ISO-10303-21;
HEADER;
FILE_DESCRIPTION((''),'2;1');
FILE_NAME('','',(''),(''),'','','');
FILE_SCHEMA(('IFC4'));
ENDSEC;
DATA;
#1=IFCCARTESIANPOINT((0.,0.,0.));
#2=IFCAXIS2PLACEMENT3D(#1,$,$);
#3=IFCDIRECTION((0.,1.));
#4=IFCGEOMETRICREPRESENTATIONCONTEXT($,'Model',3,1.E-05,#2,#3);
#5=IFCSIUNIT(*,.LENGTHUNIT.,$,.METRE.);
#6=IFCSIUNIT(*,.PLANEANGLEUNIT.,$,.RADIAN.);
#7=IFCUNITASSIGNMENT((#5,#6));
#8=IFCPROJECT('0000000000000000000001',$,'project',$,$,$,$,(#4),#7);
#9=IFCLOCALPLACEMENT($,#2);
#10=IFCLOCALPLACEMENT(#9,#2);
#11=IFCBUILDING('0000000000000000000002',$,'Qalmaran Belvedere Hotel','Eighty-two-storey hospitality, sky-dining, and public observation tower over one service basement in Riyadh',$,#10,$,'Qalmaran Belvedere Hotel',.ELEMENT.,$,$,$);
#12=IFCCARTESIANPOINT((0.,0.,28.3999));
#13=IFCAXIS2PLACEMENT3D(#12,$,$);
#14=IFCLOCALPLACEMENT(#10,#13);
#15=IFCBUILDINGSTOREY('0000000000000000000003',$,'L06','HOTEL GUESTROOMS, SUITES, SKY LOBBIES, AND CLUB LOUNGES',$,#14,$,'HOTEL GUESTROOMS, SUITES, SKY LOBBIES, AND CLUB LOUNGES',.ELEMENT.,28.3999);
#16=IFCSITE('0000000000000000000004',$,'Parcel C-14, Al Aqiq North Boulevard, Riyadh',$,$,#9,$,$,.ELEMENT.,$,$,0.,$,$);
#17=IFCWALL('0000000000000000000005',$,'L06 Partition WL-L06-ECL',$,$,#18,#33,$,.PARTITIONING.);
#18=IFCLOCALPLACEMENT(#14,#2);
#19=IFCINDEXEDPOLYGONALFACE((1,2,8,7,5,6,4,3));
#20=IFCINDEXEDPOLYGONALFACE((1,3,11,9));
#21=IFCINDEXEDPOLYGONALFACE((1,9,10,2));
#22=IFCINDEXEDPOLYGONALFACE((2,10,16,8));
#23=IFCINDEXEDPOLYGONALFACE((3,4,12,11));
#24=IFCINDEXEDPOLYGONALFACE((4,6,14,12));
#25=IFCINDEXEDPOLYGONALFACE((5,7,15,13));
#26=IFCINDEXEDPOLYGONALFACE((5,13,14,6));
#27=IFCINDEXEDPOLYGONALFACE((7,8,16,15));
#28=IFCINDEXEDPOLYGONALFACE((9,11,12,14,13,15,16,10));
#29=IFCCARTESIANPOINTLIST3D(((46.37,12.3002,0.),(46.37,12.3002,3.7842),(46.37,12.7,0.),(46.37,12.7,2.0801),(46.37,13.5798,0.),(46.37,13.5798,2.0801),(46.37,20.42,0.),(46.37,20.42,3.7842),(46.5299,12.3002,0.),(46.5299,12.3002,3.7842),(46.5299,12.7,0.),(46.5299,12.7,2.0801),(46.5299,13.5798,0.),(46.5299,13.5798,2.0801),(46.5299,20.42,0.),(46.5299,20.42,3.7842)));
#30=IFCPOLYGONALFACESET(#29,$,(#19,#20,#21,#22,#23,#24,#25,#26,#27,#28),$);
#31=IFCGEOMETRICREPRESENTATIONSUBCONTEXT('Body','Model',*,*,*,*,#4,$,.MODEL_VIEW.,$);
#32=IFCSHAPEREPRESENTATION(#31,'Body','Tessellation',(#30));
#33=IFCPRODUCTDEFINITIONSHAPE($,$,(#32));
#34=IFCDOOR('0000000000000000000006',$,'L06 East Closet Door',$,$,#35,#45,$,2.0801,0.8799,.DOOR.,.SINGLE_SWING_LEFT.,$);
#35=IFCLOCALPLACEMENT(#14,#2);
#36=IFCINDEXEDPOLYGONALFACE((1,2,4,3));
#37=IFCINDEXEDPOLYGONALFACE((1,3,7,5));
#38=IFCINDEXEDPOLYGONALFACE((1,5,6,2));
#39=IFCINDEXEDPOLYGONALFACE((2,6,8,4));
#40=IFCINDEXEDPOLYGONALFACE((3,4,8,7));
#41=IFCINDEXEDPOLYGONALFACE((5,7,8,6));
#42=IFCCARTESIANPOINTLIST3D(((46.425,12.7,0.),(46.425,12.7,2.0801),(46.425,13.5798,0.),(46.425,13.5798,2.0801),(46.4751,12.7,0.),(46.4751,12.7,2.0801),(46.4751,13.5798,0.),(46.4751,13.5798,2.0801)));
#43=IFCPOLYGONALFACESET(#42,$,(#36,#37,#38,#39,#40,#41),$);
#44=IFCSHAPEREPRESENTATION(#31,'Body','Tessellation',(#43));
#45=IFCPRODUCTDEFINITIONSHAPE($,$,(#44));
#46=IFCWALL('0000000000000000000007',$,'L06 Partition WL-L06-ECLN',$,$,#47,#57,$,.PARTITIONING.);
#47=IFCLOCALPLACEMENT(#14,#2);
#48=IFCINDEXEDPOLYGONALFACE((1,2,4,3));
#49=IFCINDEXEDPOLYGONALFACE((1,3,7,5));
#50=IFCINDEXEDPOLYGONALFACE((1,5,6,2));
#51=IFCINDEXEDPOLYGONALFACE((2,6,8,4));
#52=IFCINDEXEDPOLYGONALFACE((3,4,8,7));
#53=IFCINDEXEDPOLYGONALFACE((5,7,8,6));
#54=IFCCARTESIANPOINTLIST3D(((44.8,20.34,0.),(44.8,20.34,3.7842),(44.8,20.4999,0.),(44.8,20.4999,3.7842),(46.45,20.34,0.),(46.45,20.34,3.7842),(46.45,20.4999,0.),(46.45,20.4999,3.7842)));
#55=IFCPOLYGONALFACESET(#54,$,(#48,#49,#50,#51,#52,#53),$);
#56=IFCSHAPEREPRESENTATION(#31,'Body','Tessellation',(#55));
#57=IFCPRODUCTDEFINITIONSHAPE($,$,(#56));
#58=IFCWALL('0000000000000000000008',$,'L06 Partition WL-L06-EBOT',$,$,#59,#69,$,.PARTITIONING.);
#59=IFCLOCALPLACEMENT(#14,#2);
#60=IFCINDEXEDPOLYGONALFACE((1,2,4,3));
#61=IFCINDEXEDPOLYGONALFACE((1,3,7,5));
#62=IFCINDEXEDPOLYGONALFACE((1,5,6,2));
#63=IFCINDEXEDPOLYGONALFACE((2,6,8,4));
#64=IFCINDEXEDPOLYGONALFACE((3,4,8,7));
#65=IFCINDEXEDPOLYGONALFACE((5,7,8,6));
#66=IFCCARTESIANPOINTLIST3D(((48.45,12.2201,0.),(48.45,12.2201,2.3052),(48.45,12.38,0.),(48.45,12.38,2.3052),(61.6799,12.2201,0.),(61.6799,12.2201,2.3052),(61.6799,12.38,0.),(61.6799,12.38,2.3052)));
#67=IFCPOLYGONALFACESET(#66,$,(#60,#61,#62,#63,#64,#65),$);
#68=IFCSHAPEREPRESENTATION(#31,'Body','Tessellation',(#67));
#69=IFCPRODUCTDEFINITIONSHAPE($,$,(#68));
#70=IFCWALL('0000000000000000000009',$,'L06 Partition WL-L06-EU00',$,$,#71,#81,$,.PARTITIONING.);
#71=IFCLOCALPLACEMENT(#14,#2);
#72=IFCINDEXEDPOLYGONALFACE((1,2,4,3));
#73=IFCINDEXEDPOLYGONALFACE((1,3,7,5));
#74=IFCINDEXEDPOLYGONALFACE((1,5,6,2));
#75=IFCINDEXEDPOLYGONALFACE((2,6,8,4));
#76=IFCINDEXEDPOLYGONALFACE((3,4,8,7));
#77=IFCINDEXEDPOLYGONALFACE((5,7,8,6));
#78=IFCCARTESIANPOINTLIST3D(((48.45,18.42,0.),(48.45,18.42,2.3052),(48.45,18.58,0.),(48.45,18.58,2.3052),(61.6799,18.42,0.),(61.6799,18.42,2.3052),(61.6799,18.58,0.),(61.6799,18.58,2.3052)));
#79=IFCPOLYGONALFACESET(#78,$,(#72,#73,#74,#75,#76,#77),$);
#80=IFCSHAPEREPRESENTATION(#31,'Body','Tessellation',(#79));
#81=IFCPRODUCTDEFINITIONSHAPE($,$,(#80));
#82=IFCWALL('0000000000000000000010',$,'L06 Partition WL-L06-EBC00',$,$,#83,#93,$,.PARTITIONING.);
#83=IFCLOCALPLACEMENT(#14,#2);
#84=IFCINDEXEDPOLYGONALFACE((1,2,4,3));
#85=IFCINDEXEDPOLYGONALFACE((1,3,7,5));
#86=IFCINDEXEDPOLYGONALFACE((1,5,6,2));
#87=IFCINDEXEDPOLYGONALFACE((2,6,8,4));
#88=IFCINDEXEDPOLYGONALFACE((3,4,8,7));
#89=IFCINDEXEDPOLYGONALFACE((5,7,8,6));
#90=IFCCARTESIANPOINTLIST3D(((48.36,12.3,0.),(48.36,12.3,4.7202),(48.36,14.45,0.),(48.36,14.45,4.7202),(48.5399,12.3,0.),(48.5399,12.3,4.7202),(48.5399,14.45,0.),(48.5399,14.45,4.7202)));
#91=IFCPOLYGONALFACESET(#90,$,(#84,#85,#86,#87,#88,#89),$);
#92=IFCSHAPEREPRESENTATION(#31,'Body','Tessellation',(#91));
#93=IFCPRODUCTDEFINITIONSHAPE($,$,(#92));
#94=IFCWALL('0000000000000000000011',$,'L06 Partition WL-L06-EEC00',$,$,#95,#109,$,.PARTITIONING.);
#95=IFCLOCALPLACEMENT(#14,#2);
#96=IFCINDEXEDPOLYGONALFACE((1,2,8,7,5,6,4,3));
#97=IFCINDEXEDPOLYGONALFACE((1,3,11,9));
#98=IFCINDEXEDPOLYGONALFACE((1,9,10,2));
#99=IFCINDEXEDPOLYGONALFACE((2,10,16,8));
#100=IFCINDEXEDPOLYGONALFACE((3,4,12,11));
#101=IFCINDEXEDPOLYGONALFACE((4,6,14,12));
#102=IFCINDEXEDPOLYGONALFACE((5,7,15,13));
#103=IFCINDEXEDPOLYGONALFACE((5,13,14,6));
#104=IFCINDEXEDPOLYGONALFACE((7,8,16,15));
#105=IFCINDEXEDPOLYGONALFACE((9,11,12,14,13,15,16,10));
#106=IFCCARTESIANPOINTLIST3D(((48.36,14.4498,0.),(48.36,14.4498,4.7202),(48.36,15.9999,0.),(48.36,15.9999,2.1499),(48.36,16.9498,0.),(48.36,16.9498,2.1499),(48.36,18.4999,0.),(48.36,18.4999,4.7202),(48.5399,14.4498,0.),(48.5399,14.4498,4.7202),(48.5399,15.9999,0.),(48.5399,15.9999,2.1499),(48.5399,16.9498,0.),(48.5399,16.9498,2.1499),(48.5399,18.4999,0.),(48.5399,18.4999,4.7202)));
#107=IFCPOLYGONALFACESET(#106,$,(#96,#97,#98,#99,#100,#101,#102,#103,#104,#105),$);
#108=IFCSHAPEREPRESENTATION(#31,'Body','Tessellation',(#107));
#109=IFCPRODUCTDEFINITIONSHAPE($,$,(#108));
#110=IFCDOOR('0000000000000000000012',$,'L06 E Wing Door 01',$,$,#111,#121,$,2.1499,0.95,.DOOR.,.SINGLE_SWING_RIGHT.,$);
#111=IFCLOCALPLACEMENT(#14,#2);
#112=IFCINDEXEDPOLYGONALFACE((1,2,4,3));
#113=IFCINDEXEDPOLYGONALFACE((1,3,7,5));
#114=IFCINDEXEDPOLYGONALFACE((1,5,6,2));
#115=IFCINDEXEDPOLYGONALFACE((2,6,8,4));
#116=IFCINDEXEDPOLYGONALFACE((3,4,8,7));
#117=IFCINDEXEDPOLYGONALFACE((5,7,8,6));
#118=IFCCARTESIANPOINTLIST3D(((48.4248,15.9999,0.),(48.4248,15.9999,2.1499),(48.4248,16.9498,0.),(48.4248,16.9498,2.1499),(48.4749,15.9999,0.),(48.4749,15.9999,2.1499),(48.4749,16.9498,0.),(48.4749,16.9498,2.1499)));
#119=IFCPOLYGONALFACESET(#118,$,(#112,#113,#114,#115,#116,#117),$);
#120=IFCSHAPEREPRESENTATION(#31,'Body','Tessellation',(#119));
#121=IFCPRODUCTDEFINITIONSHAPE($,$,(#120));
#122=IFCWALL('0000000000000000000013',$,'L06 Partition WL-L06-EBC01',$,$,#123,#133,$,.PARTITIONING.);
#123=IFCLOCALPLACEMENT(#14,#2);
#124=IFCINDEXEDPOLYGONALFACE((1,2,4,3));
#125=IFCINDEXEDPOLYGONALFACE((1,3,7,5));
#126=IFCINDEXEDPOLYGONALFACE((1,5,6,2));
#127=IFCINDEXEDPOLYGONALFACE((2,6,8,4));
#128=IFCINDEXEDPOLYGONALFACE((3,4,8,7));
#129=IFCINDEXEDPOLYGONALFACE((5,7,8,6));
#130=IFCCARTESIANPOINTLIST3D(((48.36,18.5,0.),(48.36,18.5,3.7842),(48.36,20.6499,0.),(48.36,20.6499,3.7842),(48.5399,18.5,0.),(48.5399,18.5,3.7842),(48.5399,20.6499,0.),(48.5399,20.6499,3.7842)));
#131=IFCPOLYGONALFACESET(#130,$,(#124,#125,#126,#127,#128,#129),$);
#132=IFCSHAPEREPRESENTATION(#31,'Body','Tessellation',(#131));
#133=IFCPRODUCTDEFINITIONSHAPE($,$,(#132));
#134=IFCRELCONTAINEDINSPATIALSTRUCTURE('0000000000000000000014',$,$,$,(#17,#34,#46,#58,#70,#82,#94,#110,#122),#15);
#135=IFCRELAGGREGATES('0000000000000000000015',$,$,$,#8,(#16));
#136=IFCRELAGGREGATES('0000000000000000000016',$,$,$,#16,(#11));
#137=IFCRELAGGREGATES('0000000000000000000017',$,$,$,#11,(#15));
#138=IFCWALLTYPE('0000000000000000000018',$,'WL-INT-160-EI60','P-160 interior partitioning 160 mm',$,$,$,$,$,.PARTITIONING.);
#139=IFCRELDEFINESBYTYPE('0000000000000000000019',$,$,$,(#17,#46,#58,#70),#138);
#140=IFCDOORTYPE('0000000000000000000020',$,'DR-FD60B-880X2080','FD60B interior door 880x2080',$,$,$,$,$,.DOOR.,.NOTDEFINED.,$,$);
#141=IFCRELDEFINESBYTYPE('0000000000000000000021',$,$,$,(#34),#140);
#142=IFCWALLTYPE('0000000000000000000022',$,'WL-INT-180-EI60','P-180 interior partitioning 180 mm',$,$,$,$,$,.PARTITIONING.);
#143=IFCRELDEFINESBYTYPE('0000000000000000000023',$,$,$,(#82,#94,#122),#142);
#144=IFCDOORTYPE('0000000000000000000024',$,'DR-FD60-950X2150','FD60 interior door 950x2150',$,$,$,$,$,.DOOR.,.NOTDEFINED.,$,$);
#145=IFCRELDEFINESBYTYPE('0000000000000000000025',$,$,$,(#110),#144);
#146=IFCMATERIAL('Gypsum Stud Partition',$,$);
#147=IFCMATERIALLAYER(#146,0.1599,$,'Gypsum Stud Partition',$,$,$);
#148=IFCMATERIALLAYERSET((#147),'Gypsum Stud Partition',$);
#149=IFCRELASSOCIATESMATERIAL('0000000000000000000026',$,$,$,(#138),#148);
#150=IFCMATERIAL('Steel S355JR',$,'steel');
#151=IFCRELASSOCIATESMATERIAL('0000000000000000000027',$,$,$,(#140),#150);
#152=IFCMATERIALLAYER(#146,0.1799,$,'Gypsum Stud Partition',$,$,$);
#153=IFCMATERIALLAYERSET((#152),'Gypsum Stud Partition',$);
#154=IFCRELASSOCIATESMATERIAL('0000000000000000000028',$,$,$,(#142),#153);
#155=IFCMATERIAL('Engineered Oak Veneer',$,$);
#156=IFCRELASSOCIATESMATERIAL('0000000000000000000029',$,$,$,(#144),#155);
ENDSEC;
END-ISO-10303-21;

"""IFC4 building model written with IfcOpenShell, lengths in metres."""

from ifc_helpers import new_model, si_unit, direction, frame, frame_2d, origin, place, context, subcontext, project, spatial, rectangle, extrude, material, layer, layer_set, type_object, element, fill, save


model = new_model("IFC4")

# Units and contexts
model_context = context("Model", 3, precision=1e-05, world=origin(), true_north=direction((0.0, 1.0)))
body_context = subcontext(model_context, "Body", "Model", "MODEL_VIEW")
ifc_project = project(units=[si_unit("LENGTHUNIT", "METRE"), si_unit("PLANEANGLEUNIT", "RADIAN")], contexts=[model_context])

# Site, building, storey
site_placement = place(None, origin())
site = spatial("IfcSite", under=ifc_project, at=site_placement, Name="Parcel C-14, Al Aqiq North Boulevard, Riyadh", CompositionType="ELEMENT", RefElevation=0.0)
building_placement = place(site_placement, origin())
building = spatial("IfcBuilding", under=site, at=building_placement, Name="Qalmaran Belvedere Hotel", Description="Eighty-two-storey hospitality, sky-dining, and public observation tower over one service basement in Riyadh", LongName="Qalmaran Belvedere Hotel", CompositionType="ELEMENT")
storey_placement = place(building_placement, frame((0.0, 0.0, 28.3999)))
storey = spatial("IfcBuildingStorey", under=building, at=storey_placement, Name="L06", Description="HOTEL GUESTROOMS, SUITES, SKY LOBBIES, AND CLUB LOUNGES", LongName="HOTEL GUESTROOMS, SUITES, SKY LOBBIES, AND CLUB LOUNGES", CompositionType="ELEMENT", Elevation=28.3999)

# Shared definitions
ifc_material_1 = material(Name="Steel S355JR", Category="steel")

# Shared definitions
ifc_material_2 = material(Name="Engineered Oak Veneer")

# Wall, opening, door
ifc_material_3 = material(Name="Gypsum Stud Partition")
ifc_layer_1 = layer(ifc_material_3, 0.1599, Name="Gypsum Stud Partition")
ifc_layer_set_1 = layer_set([ifc_layer_1], Name="Gypsum Stud Partition")
wall_type_1 = type_object("IfcWallType", Name="WL-INT-160-EI60", Description="P-160 interior partitioning 160 mm", PredefinedType="PARTITIONING", material=ifc_layer_set_1)
wall_1_placement = place(storey_placement, frame((46.45, 12.3, 0.0), z_axis=(0.0, 0.0, 1.0), x_axis=(0.0, 1.0, 0.0)))
wall_1 = element("IfcWall", 1, at=wall_1_placement, inside=storey, type_object=wall_type_1, Name="L06 Partition WL-L06-ECL", PredefinedType="PARTITIONING", context=body_context, shape_type="SweptSolid", body=[
    extrude(rectangle(XDim=8.1199, YDim=0.1599, at=frame_2d((4.0601, 0.0))), origin(), (0.0, 0.0, 1.0), 3.7842),
])
opening_1_placement = place(wall_1_placement, frame((0.3999, 0.0, 0.0)))
opening_1 = element("IfcOpeningElement", 2, at=opening_1_placement, cuts=wall_1, PredefinedType="OPENING", context=body_context, shape_type="SweptSolid", body=[
    extrude(rectangle(XDim=0.8799, YDim=2.0801, at=frame_2d((0.4399, 1.04))), frame((0.0, 0.0898, 0.0), z_axis=(0.0, -1.0, 0.0), x_axis=(1.0, 0.0, 0.0)), (0.0, 0.0, 1.0), 0.1799),
])
door_type_1 = type_object("IfcDoorType", Name="DR-FD60B-880X2080", Description="FD60B interior door 880x2080", OperationType="NOTDEFINED", PredefinedType="DOOR", material=ifc_material_1)
door_1_placement = place(opening_1_placement, origin())
door_1 = element("IfcDoor", 3, at=door_1_placement, inside=storey, type_object=door_type_1, Name="L06 East Closet Door", OperationType="SINGLE_SWING_LEFT", OverallHeight=2.0801, OverallWidth=0.8799, PredefinedType="DOOR", context=body_context, shape_type="SweptSolid", body=[
    extrude(rectangle(XDim=0.8799, YDim=2.0801, at=frame_2d((0.4399, 1.04))), frame((0.0, 0.0249, 0.0), z_axis=(0.0, -1.0, 0.0), x_axis=(1.0, 0.0, 0.0)), (0.0, 0.0, 1.0), 0.05),
])
fill(opening_1, door_1)

# Walls
wall_2_placement = place(storey_placement, frame((44.8, 20.4199, 0.0), z_axis=(0.0, 0.0, 1.0), x_axis=(1.0, 0.0, 0.0)))
element("IfcWall", 4, at=wall_2_placement, inside=storey, type_object=wall_type_1, Name="L06 Partition WL-L06-ECLN", PredefinedType="PARTITIONING", context=body_context, shape_type="SweptSolid", body=[
    extrude(rectangle(XDim=1.6499, YDim=0.1599, at=frame_2d((0.825, 0.0))), origin(), (0.0, 0.0, 1.0), 3.7842),
])
for number, where, z_axis, x_axis, name in (
    (5, (48.45, 12.3, 0.0), (0.0, 0.0, 1.0), (1.0, 0.0, 0.0), "L06 Partition WL-L06-EBOT"),
    (6, (48.45, 18.5, 0.0), (0.0, 0.0, 1.0), (1.0, 0.0, 0.0), "L06 Partition WL-L06-EU00"),
):
    element("IfcWall", number, at=place(storey_placement, frame(where, z_axis=z_axis, x_axis=x_axis)), inside=storey, type_object=wall_type_1, Name=name, PredefinedType="PARTITIONING", context=body_context, shape_type="SweptSolid", body=[
        extrude(rectangle(XDim=13.23, YDim=0.1599, at=frame_2d((6.615, 0.0))), origin(), (0.0, 0.0, 1.0), 2.3052),
    ])
ifc_layer_2 = layer(ifc_material_3, 0.1799, Name="Gypsum Stud Partition")
ifc_layer_set_2 = layer_set([ifc_layer_2], Name="Gypsum Stud Partition")
wall_type_2 = type_object("IfcWallType", Name="WL-INT-180-EI60", Description="P-180 interior partitioning 180 mm", PredefinedType="PARTITIONING", material=ifc_layer_set_2)
wall_3_placement = place(storey_placement, frame((48.45, 12.3, 0.0), z_axis=(0.0, 0.0, 1.0), x_axis=(0.0, 1.0, 0.0)))
element("IfcWall", 7, at=wall_3_placement, inside=storey, type_object=wall_type_2, Name="L06 Partition WL-L06-EBC00", PredefinedType="PARTITIONING", context=body_context, shape_type="SweptSolid", body=[
    extrude(rectangle(XDim=2.1499, YDim=0.1799, at=frame_2d((1.075, 0.0))), origin(), (0.0, 0.0, 1.0), 4.7202),
])

# Wall, opening, door
wall_4_placement = place(storey_placement, frame((48.45, 14.45, 0.0), z_axis=(0.0, 0.0, 1.0), x_axis=(0.0, 1.0, 0.0)))
wall_4 = element("IfcWall", 8, at=wall_4_placement, inside=storey, type_object=wall_type_2, Name="L06 Partition WL-L06-EEC00", PredefinedType="PARTITIONING", context=body_context, shape_type="SweptSolid", body=[
    extrude(rectangle(XDim=4.05, YDim=0.1799, at=frame_2d((2.0249, 0.0))), origin(), (0.0, 0.0, 1.0), 4.7202),
])
opening_2_placement = place(wall_4_placement, frame((2.5, 0.0, 0.0), z_axis=(0.0, 0.0, 1.0), x_axis=(-1.0, 0.0, 0.0)))
opening_2 = element("IfcOpeningElement", 9, at=opening_2_placement, cuts=wall_4, PredefinedType="OPENING", context=body_context, shape_type="SweptSolid", body=[
    extrude(rectangle(XDim=0.95, YDim=2.1499, at=frame_2d((0.4751, 1.075))), frame((0.0, 0.1001, 0.0), z_axis=(0.0, -1.0, 0.0), x_axis=(1.0, 0.0, 0.0)), (0.0, 0.0, 1.0), 0.2),
])
door_type_2 = type_object("IfcDoorType", Name="DR-FD60-950X2150", Description="FD60 interior door 950x2150", OperationType="NOTDEFINED", PredefinedType="DOOR", material=ifc_material_2)
door_2_placement = place(opening_2_placement, origin())
door_2 = element("IfcDoor", 10, at=door_2_placement, inside=storey, type_object=door_type_2, Name="L06 E Wing Door 01", OperationType="SINGLE_SWING_RIGHT", OverallHeight=2.1499, OverallWidth=0.95, PredefinedType="DOOR", context=body_context, shape_type="SweptSolid", body=[
    extrude(rectangle(XDim=0.95, YDim=2.1499, at=frame_2d((0.4751, 1.075))), frame((0.0, 0.0249, 0.0), z_axis=(0.0, -1.0, 0.0), x_axis=(1.0, 0.0, 0.0)), (0.0, 0.0, 1.0), 0.05),
])
fill(opening_2, door_2)

# Wall
wall_5_placement = place(storey_placement, frame((48.45, 18.5, 0.0), z_axis=(0.0, 0.0, 1.0), x_axis=(0.0, 1.0, 0.0)))
element("IfcWall", 11, at=wall_5_placement, inside=storey, type_object=wall_type_2, Name="L06 Partition WL-L06-EBC01", PredefinedType="PARTITIONING", context=body_context, shape_type="SweptSolid", body=[
    extrude(rectangle(XDim=2.1499, YDim=0.1799, at=frame_2d((1.075, 0.0))), origin(), (0.0, 0.0, 1.0), 3.7842),
])

save(model, "model.ifc")
